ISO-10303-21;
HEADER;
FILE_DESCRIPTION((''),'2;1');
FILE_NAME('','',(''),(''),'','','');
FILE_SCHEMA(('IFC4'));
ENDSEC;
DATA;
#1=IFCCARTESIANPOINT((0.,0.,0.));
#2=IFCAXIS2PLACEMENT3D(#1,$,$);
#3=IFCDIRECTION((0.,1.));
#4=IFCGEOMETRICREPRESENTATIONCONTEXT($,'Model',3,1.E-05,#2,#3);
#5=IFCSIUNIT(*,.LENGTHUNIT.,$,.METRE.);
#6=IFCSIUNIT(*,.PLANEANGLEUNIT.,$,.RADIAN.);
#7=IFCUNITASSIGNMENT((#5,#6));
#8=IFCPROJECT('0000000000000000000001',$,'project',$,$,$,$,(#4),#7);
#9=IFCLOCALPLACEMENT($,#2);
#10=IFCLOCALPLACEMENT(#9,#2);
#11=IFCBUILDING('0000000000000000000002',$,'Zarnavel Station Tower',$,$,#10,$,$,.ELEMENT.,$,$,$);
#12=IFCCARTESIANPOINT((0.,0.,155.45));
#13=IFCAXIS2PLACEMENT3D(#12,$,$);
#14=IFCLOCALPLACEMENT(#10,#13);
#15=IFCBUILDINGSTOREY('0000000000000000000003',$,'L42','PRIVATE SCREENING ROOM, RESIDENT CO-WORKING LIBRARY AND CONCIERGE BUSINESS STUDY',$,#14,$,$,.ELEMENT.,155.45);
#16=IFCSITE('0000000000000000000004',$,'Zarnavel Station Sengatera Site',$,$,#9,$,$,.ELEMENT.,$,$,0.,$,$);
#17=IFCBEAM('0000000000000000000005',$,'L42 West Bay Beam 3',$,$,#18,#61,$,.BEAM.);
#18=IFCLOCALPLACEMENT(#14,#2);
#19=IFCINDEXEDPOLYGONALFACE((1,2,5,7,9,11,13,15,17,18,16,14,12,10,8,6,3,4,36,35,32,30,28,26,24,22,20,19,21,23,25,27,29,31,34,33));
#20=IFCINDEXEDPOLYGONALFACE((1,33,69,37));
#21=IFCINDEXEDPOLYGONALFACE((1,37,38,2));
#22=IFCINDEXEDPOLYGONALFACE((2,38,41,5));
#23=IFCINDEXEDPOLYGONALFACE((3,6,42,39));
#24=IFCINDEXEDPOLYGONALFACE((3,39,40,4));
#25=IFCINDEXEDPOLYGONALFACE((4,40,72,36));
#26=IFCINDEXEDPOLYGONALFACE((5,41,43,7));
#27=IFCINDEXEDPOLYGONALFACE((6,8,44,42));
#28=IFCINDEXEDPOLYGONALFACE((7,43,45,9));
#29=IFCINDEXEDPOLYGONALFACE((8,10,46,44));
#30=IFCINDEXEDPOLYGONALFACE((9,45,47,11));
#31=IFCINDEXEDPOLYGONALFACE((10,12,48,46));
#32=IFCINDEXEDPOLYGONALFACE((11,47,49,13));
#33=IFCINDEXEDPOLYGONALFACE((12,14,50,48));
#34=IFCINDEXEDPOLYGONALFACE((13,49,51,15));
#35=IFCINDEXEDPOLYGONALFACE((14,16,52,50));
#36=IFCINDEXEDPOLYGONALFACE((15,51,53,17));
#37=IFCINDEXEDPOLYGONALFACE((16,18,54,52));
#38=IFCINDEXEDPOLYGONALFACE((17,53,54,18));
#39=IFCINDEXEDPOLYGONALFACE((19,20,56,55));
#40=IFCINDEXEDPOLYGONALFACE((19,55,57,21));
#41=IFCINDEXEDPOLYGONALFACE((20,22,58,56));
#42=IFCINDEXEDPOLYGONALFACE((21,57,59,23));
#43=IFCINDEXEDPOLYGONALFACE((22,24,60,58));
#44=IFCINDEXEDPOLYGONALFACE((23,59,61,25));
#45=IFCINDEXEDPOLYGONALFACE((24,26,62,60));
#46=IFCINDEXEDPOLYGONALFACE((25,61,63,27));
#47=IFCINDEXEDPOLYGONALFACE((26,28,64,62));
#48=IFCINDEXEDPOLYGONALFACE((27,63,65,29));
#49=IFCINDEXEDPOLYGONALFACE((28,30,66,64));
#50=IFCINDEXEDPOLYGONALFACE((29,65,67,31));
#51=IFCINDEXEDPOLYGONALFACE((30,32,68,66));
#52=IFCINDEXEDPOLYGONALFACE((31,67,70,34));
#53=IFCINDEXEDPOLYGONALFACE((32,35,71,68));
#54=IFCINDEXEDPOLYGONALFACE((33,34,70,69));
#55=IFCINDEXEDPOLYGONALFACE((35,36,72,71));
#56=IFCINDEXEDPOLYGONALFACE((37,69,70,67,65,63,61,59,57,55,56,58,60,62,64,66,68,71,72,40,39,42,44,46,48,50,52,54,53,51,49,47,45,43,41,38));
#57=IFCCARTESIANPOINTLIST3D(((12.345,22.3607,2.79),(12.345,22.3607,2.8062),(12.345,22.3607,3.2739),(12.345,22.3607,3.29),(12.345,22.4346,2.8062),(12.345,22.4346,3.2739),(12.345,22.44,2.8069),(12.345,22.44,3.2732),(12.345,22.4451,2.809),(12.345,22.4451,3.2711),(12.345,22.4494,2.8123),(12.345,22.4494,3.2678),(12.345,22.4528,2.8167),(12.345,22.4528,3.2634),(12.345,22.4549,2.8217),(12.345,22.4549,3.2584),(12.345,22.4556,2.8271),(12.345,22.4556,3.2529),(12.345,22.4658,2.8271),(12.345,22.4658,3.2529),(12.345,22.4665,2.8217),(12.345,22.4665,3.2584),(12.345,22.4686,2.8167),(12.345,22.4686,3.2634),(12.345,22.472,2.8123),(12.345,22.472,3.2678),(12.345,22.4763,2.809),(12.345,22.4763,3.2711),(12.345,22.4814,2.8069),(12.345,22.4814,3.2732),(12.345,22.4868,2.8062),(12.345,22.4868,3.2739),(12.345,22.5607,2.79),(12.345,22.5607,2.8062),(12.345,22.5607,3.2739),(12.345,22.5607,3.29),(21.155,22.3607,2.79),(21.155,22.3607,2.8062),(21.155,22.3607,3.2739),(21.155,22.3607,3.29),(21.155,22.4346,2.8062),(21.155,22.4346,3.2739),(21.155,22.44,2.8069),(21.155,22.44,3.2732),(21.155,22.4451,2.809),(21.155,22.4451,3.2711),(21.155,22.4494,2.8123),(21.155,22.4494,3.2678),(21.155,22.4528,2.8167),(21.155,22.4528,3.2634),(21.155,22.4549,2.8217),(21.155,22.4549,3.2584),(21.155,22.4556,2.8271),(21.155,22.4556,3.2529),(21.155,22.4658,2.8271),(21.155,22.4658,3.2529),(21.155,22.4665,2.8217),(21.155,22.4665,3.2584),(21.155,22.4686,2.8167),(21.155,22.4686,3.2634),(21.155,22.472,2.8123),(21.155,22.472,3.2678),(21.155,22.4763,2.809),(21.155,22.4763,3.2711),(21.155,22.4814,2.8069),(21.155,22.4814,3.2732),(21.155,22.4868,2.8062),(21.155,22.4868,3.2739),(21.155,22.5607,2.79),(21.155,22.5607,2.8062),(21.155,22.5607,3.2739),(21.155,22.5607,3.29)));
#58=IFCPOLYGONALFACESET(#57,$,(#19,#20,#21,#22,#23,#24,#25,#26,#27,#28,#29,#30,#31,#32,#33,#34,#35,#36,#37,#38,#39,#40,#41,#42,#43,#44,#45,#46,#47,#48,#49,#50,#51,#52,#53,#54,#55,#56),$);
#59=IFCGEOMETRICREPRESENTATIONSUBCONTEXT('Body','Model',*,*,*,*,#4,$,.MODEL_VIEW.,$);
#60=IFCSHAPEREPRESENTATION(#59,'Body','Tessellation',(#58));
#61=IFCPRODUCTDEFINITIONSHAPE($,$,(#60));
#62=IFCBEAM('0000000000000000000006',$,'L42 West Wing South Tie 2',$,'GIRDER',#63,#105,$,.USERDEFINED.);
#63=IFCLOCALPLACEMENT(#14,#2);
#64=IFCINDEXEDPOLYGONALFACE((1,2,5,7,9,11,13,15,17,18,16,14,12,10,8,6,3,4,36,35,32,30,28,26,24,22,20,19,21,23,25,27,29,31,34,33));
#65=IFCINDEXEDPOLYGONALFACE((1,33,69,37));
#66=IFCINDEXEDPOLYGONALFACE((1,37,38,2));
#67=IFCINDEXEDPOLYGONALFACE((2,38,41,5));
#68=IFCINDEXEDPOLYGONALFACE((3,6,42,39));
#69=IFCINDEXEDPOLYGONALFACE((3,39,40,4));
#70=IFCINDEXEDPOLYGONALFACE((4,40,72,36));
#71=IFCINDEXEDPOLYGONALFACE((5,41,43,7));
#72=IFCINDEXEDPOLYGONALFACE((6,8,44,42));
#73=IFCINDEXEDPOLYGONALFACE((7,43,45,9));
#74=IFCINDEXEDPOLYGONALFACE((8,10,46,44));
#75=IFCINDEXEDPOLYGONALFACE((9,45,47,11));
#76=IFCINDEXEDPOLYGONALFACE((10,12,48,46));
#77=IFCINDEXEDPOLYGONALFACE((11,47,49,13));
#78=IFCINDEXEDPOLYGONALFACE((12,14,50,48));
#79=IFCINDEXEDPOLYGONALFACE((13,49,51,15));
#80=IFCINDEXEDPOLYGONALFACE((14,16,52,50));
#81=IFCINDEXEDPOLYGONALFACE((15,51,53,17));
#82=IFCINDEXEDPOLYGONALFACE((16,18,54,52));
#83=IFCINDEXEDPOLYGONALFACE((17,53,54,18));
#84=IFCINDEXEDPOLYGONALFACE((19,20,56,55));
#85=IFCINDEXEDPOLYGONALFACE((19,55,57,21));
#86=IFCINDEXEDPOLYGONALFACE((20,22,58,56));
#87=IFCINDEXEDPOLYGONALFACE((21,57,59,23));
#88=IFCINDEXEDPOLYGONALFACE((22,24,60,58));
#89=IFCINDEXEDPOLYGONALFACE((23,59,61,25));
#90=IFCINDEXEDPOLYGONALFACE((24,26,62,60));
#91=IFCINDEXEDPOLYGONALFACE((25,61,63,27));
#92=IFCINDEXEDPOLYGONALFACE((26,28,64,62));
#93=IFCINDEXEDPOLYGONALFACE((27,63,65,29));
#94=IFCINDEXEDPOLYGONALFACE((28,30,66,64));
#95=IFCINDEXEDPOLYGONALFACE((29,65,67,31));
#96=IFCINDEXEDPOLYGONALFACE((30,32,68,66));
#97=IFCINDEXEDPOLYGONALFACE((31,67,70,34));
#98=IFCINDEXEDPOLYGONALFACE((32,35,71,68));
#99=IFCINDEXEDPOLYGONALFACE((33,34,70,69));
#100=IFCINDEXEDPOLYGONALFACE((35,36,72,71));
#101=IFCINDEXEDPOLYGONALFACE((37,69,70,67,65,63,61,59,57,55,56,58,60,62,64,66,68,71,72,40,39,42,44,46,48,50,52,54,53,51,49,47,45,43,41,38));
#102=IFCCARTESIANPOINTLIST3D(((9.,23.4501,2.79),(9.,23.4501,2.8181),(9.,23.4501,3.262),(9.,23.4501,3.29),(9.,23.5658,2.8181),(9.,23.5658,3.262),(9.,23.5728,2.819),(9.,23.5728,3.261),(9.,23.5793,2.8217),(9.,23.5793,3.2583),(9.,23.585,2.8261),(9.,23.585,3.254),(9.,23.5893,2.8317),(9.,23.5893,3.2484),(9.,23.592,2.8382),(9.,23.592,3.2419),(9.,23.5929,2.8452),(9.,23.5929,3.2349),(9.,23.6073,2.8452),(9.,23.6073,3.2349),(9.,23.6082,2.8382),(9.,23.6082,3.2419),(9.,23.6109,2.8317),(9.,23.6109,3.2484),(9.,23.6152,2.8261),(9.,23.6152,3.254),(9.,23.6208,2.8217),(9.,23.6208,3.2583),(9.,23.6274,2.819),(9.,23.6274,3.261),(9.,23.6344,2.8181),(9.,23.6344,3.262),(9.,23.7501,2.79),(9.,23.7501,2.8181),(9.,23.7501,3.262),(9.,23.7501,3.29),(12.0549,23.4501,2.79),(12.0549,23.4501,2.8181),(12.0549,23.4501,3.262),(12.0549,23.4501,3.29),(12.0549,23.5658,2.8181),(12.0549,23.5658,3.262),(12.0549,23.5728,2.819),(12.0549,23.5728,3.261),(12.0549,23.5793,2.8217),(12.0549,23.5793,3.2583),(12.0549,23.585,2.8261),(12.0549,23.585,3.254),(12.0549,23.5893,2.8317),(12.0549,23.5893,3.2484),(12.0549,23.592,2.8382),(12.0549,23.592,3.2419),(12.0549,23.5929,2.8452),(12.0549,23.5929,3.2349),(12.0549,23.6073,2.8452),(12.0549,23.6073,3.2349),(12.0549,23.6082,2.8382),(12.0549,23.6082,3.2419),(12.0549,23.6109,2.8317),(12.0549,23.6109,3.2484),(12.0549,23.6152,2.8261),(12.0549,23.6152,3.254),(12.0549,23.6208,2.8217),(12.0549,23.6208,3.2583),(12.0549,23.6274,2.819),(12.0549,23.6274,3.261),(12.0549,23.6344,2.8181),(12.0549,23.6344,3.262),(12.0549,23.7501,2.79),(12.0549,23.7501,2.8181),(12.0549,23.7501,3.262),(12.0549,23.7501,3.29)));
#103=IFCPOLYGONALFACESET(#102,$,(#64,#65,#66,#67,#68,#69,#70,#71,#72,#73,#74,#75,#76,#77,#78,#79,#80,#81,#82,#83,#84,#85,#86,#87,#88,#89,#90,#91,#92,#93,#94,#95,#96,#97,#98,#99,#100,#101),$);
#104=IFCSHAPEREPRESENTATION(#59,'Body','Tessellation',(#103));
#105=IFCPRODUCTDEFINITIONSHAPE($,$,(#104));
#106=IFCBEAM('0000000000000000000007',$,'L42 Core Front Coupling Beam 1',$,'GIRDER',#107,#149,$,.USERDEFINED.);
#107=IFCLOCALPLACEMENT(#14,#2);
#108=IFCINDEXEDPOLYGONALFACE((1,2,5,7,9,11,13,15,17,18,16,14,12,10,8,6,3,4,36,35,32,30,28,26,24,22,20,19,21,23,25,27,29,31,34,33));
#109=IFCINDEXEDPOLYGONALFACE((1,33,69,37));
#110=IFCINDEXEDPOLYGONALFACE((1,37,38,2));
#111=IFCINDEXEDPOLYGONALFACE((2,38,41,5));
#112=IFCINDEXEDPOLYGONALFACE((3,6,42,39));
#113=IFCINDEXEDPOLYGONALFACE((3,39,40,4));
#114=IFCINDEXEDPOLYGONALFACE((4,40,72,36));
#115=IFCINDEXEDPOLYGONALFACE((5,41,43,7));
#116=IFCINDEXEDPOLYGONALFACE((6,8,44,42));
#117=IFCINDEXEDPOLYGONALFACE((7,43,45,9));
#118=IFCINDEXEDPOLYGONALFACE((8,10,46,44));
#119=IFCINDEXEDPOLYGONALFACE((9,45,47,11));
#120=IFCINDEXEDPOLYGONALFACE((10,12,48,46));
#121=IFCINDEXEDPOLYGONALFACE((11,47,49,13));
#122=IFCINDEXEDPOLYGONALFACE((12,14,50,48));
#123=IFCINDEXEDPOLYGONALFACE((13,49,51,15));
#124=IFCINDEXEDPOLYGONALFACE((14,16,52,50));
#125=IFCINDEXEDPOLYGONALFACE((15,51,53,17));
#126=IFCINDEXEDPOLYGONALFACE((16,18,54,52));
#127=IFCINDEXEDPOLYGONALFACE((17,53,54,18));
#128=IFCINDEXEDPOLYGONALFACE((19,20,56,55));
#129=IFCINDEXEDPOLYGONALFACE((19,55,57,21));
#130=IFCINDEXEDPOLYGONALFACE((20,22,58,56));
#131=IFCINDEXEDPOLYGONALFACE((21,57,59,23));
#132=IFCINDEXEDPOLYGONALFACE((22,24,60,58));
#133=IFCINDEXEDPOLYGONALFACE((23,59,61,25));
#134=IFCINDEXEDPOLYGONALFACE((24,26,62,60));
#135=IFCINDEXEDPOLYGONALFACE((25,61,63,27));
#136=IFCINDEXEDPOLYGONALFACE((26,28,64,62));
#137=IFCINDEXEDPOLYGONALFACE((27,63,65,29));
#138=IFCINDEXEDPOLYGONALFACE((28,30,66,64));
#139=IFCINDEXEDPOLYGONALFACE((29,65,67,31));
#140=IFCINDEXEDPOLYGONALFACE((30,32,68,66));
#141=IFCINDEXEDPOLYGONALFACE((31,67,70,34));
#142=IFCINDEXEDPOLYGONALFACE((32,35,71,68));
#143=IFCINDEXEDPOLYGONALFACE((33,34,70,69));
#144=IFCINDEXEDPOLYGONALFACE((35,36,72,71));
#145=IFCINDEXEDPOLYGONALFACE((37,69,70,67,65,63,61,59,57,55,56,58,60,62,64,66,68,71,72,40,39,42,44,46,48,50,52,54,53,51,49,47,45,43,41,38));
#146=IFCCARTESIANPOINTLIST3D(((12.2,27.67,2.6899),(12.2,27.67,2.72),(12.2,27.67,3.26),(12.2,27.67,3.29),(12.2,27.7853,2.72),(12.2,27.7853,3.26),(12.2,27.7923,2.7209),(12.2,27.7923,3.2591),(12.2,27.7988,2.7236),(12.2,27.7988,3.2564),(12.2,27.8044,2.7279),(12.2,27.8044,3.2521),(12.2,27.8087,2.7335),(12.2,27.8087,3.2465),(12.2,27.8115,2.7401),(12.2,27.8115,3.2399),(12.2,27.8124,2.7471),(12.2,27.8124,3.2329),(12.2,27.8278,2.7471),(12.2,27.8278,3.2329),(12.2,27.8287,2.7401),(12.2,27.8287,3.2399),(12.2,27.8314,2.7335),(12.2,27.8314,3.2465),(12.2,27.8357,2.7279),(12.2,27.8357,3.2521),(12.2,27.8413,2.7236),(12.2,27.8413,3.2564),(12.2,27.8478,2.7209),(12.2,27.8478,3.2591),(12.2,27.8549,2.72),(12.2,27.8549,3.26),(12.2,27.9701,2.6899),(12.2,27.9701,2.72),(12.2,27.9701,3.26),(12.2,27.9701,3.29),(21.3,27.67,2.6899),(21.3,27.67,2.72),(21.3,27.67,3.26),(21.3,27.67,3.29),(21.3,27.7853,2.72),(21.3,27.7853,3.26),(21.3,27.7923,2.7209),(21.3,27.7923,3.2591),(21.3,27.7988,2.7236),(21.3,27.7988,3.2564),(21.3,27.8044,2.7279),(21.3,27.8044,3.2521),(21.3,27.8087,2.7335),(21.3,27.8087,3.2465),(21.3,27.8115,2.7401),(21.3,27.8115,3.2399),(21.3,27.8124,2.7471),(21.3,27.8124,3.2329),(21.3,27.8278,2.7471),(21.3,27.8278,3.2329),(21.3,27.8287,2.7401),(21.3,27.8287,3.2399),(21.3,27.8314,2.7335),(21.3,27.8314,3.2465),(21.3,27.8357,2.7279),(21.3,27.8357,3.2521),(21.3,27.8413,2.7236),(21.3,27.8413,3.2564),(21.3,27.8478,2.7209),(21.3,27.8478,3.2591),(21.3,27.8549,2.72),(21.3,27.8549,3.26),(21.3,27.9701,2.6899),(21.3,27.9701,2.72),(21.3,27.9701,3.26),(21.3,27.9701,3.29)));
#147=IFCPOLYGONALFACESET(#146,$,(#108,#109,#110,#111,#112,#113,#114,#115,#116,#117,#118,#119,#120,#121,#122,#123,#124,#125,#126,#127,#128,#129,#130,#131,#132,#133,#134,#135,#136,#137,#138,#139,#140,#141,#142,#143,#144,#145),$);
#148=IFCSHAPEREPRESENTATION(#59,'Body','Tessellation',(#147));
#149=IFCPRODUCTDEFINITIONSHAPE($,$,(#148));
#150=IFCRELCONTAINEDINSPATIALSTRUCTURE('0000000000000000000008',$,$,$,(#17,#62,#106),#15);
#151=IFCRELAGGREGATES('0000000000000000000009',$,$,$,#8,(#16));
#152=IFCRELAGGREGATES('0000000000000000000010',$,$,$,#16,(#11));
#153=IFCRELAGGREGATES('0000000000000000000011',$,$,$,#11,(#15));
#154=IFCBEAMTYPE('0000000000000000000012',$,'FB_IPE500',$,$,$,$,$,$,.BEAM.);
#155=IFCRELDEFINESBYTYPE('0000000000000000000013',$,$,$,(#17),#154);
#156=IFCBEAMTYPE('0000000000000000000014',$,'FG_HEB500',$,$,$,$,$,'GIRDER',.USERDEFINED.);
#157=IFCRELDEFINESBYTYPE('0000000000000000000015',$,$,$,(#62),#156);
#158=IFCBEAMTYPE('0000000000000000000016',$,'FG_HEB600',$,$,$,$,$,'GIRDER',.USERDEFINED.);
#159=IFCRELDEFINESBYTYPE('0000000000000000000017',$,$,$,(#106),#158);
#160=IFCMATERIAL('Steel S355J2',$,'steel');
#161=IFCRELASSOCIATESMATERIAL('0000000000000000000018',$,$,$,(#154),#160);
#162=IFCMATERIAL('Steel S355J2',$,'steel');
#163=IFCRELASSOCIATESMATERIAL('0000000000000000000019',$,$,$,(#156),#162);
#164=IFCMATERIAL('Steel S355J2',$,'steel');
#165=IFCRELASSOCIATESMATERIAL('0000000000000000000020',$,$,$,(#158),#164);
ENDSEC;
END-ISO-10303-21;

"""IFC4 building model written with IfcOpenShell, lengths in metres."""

from ifc_helpers import new_model, si_unit, direction, frame, origin, origin_2d, place, context, subcontext, project, spatial, i_section, extrude, material, material_profile, profile_set, type_object, element, save


model = new_model("IFC4")

# Units and contexts
model_context = context("Model", 3, precision=1e-05, world=origin(), true_north=direction((0.0, 1.0)))
body_context = subcontext(model_context, "Body", "Model", "MODEL_VIEW")
ifc_project = project(units=[si_unit("LENGTHUNIT", "METRE"), si_unit("PLANEANGLEUNIT", "RADIAN")], contexts=[model_context])

# Site, building, storey
site_placement = place(None, origin())
site = spatial("IfcSite", under=ifc_project, at=site_placement, Name="Zarnavel Station Sengatera Site", CompositionType="ELEMENT", RefElevation=0.0)
building_placement = place(site_placement, origin())
building = spatial("IfcBuilding", under=site, at=building_placement, Name="Zarnavel Station Tower", CompositionType="ELEMENT")
storey_placement = place(building_placement, frame((0.0, 0.0, 155.45)))
storey = spatial("IfcBuildingStorey", under=building, at=storey_placement, Name="L42", Description="PRIVATE SCREENING ROOM, RESIDENT CO-WORKING LIBRARY AND CONCIERGE BUSINESS STUDY", CompositionType="ELEMENT", Elevation=155.45)

# Beams
ifc_material_1 = material(Name="Steel S355J2", Category="steel")
ifc_material_profile_1 = material_profile(ifc_material_1, i_section(OverallWidth=0.2, OverallDepth=0.5, WebThickness=0.0103, FlangeThickness=0.0161, FilletRadius=0.021, at=origin_2d()), Name="IPE500")
ifc_profile_set_1 = profile_set([ifc_material_profile_1], Name="Steel S355J2")
beam_type_1 = type_object("IfcBeamType", Name="FB_IPE500", PredefinedType="BEAM", material=ifc_profile_set_1)
beam_1_placement = place(storey_placement, frame((12.345, 22.4607, 3.04), z_axis=(1.0, 0.0, 0.0), x_axis=(0.0, 1.0, 0.0)))
element("IfcBeam", 1, at=beam_1_placement, inside=storey, type_object=beam_type_1, Name="L42 West Bay Beam 3", PredefinedType="BEAM", context=body_context, shape_type="SweptSolid", body=[
    extrude(i_section(OverallWidth=0.2, OverallDepth=0.5, WebThickness=0.0103, FlangeThickness=0.0161, FilletRadius=0.021, at=origin_2d()), origin(), (0.0, 0.0, 1.0), 8.8101),
])
ifc_material_2 = material(Name="Steel S355J2", Category="steel")
ifc_material_profile_2 = material_profile(ifc_material_2, i_section(OverallWidth=0.3, OverallDepth=0.5, WebThickness=0.0144, FlangeThickness=0.0281, FilletRadius=0.0271, at=origin_2d()), Name="HEB500")
ifc_profile_set_2 = profile_set([ifc_material_profile_2], Name="Steel S355J2")
beam_type_2 = type_object("IfcBeamType", Name="FG_HEB500", ElementType="GIRDER", PredefinedType="USERDEFINED", material=ifc_profile_set_2)
beam_2_placement = place(storey_placement, frame((9.0, 23.6001, 3.04), z_axis=(1.0, 0.0, 0.0), x_axis=(0.0, 1.0, 0.0)))
element("IfcBeam", 2, at=beam_2_placement, inside=storey, type_object=beam_type_2, Name="L42 West Wing South Tie 2", ObjectType="GIRDER", PredefinedType="USERDEFINED", context=body_context, shape_type="SweptSolid", body=[
    extrude(i_section(OverallWidth=0.3, OverallDepth=0.5, WebThickness=0.0144, FlangeThickness=0.0281, FilletRadius=0.0271, at=origin_2d()), origin(), (0.0, 0.0, 1.0), 3.0549),
])
ifc_material_3 = material(Name="Steel S355J2", Category="steel")
ifc_material_profile_3 = material_profile(ifc_material_3, i_section(OverallWidth=0.3, OverallDepth=0.6001, WebThickness=0.0154, FlangeThickness=0.03, FilletRadius=0.0271, at=origin_2d()), Name="HEB600")
ifc_profile_set_3 = profile_set([ifc_material_profile_3], Name="Steel S355J2")
beam_type_3 = type_object("IfcBeamType", Name="FG_HEB600", ElementType="GIRDER", PredefinedType="USERDEFINED", material=ifc_profile_set_3)
beam_3_placement = place(storey_placement, frame((12.2, 27.8201, 2.99), z_axis=(1.0, 0.0, 0.0), x_axis=(0.0, 1.0, 0.0)))
element("IfcBeam", 3, at=beam_3_placement, inside=storey, type_object=beam_type_3, Name="L42 Core Front Coupling Beam 1", ObjectType="GIRDER", PredefinedType="USERDEFINED", context=body_context, shape_type="SweptSolid", body=[
    extrude(i_section(OverallWidth=0.3, OverallDepth=0.6001, WebThickness=0.0154, FlangeThickness=0.03, FilletRadius=0.0271, at=origin_2d()), origin(), (0.0, 0.0, 1.0), 9.1001),
])

save(model, "model.ifc")
